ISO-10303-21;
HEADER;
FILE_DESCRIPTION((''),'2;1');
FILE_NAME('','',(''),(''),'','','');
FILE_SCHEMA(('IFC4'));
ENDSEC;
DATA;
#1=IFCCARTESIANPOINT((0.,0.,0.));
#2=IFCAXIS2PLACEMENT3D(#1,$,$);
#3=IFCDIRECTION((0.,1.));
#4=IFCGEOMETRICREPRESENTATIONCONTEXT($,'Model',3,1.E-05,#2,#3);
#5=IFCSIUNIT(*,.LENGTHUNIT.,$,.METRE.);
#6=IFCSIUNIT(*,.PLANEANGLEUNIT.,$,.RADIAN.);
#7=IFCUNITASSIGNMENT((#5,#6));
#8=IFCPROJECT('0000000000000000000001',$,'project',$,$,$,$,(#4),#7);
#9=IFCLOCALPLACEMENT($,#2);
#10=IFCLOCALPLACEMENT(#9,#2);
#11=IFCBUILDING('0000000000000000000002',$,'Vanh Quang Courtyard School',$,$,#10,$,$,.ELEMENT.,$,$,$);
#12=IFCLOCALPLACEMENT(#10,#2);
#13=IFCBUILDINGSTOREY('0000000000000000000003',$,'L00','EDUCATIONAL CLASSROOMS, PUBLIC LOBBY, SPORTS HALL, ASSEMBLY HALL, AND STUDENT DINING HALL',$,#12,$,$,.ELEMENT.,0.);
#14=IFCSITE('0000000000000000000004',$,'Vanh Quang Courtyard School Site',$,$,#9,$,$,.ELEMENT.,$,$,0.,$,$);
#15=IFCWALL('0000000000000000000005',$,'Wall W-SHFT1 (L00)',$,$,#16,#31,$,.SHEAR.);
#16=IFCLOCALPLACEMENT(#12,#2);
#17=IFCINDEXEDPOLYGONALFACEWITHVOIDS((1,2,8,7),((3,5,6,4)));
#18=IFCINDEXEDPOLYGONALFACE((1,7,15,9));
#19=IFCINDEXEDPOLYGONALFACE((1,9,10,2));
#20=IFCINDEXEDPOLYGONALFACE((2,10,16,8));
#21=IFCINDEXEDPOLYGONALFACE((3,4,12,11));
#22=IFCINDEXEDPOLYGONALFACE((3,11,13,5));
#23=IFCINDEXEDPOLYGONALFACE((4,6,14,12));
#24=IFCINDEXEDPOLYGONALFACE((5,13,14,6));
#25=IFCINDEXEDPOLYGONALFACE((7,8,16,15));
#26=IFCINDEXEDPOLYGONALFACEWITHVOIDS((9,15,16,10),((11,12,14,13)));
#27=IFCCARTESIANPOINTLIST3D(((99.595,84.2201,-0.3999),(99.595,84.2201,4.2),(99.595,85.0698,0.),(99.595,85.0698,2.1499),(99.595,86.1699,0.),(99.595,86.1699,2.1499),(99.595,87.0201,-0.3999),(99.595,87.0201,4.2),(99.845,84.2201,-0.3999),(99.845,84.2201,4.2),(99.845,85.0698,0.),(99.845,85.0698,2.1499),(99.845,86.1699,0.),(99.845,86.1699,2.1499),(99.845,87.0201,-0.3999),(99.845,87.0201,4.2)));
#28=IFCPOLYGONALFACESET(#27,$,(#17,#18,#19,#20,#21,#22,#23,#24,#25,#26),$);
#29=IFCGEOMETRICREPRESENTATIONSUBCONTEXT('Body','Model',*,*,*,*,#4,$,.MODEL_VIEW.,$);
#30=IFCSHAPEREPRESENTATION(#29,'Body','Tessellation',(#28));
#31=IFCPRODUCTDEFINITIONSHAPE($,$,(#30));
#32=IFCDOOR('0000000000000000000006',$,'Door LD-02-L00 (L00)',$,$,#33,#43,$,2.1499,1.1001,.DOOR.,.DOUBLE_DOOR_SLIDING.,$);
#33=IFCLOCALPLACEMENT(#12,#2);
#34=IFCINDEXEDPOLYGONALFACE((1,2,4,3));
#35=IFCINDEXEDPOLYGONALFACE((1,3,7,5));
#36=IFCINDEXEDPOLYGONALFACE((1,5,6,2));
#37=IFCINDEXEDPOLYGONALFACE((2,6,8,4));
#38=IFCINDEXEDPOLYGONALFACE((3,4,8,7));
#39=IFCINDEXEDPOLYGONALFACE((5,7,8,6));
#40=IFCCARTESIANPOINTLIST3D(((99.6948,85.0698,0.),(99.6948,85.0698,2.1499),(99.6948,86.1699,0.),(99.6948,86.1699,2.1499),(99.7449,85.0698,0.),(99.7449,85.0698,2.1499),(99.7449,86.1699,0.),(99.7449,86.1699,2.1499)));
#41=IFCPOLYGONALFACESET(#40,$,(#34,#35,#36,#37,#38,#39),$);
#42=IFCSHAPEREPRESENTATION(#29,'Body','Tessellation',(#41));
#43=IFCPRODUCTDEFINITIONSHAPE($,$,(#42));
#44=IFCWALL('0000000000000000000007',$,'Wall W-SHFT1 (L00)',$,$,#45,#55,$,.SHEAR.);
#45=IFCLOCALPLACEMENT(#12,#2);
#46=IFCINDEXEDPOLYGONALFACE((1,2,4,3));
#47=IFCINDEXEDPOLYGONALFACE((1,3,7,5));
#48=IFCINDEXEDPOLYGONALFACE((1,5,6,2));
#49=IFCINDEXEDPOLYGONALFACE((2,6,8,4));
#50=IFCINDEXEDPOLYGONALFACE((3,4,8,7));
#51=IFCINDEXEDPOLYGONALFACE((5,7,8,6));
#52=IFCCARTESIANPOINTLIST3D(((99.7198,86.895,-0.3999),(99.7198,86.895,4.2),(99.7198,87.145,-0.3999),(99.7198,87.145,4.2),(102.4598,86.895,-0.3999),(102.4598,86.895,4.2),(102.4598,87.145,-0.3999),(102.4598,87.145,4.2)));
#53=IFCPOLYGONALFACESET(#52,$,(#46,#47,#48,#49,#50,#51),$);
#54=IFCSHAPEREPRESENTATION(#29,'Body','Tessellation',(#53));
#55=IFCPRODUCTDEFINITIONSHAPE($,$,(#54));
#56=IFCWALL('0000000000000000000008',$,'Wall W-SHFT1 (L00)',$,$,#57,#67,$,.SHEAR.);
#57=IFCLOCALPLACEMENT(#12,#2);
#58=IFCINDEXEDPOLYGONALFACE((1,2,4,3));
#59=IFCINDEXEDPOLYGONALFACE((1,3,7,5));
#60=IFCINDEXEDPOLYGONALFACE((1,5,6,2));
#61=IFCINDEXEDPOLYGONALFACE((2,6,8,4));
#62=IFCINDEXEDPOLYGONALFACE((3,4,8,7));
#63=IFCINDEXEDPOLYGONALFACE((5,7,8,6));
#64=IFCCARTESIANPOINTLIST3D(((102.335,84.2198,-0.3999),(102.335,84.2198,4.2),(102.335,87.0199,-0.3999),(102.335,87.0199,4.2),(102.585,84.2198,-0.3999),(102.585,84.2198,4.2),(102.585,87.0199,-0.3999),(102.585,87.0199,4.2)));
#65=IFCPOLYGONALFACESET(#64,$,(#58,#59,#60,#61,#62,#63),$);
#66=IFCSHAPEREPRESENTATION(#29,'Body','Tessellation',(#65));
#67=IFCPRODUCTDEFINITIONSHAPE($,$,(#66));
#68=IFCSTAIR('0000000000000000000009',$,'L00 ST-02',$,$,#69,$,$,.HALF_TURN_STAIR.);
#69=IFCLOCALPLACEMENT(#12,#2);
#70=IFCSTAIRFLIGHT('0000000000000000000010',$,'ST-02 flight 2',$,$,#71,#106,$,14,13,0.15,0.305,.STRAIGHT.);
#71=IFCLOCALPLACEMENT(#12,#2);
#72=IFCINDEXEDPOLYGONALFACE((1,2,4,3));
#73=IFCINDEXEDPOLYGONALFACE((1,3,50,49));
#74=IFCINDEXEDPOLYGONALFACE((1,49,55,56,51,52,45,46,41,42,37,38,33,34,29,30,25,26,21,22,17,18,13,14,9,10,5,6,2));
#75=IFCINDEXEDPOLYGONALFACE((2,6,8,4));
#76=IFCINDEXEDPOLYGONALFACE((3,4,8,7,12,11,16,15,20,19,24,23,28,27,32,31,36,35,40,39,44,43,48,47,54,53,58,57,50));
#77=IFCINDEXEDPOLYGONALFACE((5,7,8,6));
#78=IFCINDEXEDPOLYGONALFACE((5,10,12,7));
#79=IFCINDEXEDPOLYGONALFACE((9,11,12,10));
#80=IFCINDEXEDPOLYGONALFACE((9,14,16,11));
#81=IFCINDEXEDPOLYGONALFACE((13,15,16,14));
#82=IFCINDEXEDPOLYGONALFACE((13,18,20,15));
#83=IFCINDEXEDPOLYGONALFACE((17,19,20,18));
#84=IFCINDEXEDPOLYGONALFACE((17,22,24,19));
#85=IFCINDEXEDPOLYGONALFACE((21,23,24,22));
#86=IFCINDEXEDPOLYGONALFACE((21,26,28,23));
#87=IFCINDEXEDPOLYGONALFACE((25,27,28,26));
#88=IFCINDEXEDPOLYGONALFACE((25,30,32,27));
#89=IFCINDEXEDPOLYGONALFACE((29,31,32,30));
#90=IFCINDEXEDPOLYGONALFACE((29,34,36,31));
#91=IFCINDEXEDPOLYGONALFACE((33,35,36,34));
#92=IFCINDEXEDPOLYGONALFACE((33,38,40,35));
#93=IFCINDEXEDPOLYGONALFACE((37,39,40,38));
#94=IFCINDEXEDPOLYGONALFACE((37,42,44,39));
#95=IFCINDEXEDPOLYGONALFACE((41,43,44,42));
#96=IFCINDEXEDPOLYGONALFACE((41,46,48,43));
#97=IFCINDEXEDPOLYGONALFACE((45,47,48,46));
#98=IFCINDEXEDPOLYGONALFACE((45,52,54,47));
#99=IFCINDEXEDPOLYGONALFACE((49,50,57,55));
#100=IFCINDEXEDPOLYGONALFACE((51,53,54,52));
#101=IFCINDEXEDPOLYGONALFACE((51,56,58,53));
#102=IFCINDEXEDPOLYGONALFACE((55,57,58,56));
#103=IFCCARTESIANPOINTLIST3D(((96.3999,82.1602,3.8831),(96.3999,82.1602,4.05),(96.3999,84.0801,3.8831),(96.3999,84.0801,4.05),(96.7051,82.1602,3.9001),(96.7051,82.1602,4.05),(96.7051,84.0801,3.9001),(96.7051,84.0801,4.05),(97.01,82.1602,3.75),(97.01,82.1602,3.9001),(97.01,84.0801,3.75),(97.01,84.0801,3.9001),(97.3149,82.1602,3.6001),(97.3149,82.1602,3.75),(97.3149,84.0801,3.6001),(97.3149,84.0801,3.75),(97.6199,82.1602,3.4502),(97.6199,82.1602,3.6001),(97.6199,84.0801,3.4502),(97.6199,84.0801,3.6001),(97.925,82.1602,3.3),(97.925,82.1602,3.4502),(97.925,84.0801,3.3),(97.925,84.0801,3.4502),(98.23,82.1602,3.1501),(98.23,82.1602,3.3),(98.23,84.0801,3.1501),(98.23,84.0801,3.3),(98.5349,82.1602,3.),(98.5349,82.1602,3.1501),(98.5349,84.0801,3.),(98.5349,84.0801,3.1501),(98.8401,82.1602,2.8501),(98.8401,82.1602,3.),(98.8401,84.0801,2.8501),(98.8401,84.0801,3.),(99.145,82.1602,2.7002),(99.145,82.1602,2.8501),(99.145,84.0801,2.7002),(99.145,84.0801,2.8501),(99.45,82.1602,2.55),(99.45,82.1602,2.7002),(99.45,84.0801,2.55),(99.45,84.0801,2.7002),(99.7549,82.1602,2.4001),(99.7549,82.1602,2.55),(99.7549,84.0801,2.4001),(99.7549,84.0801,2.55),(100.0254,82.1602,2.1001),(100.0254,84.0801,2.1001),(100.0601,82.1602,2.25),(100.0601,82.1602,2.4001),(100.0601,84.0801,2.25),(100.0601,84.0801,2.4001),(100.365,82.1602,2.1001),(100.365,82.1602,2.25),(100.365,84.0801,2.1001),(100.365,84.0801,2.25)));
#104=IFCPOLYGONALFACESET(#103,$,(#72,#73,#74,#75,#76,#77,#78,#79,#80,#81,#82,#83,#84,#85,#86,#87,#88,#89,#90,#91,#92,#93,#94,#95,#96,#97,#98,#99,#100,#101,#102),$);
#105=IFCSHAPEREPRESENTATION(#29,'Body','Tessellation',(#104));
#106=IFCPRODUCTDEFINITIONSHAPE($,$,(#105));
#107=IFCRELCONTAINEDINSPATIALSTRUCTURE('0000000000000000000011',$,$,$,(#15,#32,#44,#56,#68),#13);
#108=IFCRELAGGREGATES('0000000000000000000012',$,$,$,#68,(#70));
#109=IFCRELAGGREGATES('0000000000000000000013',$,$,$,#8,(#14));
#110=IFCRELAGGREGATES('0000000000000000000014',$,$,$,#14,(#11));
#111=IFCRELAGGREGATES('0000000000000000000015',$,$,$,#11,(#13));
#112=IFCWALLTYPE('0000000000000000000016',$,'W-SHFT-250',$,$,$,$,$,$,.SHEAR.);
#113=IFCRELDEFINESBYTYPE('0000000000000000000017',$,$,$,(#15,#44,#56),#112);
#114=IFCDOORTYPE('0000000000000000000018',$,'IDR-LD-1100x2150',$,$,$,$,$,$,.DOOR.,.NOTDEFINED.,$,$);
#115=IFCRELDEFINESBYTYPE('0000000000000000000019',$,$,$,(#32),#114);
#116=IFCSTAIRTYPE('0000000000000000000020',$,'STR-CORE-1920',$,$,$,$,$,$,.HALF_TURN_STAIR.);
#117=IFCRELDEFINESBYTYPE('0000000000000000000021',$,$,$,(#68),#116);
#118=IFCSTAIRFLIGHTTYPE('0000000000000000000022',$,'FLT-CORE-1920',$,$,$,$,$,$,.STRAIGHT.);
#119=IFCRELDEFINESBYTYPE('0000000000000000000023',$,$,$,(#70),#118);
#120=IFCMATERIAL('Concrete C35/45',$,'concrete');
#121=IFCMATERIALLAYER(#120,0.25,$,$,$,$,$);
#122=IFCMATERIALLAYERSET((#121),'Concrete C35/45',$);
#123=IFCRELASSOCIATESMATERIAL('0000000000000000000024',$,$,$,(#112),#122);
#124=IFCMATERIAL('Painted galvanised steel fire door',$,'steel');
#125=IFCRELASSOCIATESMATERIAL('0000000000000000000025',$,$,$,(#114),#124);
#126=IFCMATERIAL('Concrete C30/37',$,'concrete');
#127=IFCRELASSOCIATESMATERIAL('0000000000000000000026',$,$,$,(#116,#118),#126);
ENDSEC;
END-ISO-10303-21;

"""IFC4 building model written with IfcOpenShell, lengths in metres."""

from ifc_helpers import new_model, si_unit, direction, frame, frame_2d, origin, place, context, subcontext, project, spatial, polyline, rectangle, outline, extrude, material, layer, layer_set, type_object, element, fill, aggregate, save


model = new_model("IFC4")

# Units and contexts
model_context = context("Model", 3, precision=1e-05, world=origin(), true_north=direction((0.0, 1.0)))
body_context = subcontext(model_context, "Body", "Model", "MODEL_VIEW")
ifc_project = project(units=[si_unit("LENGTHUNIT", "METRE"), si_unit("PLANEANGLEUNIT", "RADIAN")], contexts=[model_context])

# Site, building, storey
site_placement = place(None, origin())
site = spatial("IfcSite", under=ifc_project, at=site_placement, Name="Vanh Quang Courtyard School Site", CompositionType="ELEMENT", RefElevation=0.0)
building_placement = place(site_placement, origin())
building = spatial("IfcBuilding", under=site, at=building_placement, Name="Vanh Quang Courtyard School", CompositionType="ELEMENT")
storey_placement = place(building_placement, origin())
storey = spatial("IfcBuildingStorey", under=building, at=storey_placement, Name="L00", Description="EDUCATIONAL CLASSROOMS, PUBLIC LOBBY, SPORTS HALL, ASSEMBLY HALL, AND STUDENT DINING HALL", CompositionType="ELEMENT", Elevation=0.0)

# Shared definitions
ifc_material_1 = material(Name="Concrete C35/45", Category="concrete")

# Shared definitions
ifc_material_2 = material(Name="Concrete C30/37", Category="concrete")

# Shared definitions
ifc_material_3 = material(Name="Painted galvanised steel fire door", Category="steel")

# Wall, opening, door
ifc_layer_1 = layer(ifc_material_1, 0.25)
ifc_layer_set_1 = layer_set([ifc_layer_1], Name="Concrete C35/45")
wall_type_1 = type_object("IfcWallType", Name="W-SHFT-250", PredefinedType="SHEAR", material=ifc_layer_set_1)
wall_1_placement = place(storey_placement, frame((99.72, 87.02, -0.3999), z_axis=(0.0, 0.0, 1.0), x_axis=(0.0, -1.0, 0.0)))
wall_1 = element("IfcWall", 1, at=wall_1_placement, inside=storey, type_object=wall_type_1, Name="Wall W-SHFT1 (L00)", PredefinedType="SHEAR", context=body_context, shape_type="SweptSolid", body=[
    extrude(rectangle(XDim=2.8, YDim=0.25, at=frame_2d((1.3999, 0.0))), origin(), (0.0, 0.0, 1.0), 4.5999),
])
opening_1_placement = place(wall_1_placement, frame((0.8501, 0.0, 0.3999)))
opening_1 = element("IfcOpeningElement", 2, at=opening_1_placement, cuts=wall_1, PredefinedType="OPENING", context=body_context, shape_type="SweptSolid", body=[
    extrude(rectangle(XDim=1.1001, YDim=2.1499, at=frame_2d((0.55, 1.075))), frame((0.0, 0.135, 0.0), z_axis=(0.0, -1.0, 0.0), x_axis=(1.0, 0.0, 0.0)), (0.0, 0.0, 1.0), 0.27),
])
door_type_1 = type_object("IfcDoorType", Name="IDR-LD-1100x2150", OperationType="NOTDEFINED", PredefinedType="DOOR", material=ifc_material_3)
door_1_placement = place(opening_1_placement, origin())
door_1 = element("IfcDoor", 3, at=door_1_placement, inside=storey, type_object=door_type_1, Name="Door LD-02-L00 (L00)", OperationType="DOUBLE_DOOR_SLIDING", OverallHeight=2.1499, OverallWidth=1.1001, PredefinedType="DOOR", context=body_context, shape_type="SweptSolid", body=[
    extrude(rectangle(XDim=1.1001, YDim=2.1499, at=frame_2d((0.55, 1.075))), frame((0.0, 0.0249, 0.0), z_axis=(0.0, -1.0, 0.0), x_axis=(1.0, 0.0, 0.0)), (0.0, 0.0, 1.0), 0.05),
])
fill(opening_1, door_1)

# Walls
wall_2_placement = place(storey_placement, frame((102.46, 87.02, -0.3999), z_axis=(0.0, 0.0, 1.0), x_axis=(-1.0, 0.0, 0.0)))
element("IfcWall", 4, at=wall_2_placement, inside=storey, type_object=wall_type_1, Name="Wall W-SHFT1 (L00)", PredefinedType="SHEAR", context=body_context, shape_type="SweptSolid", body=[
    extrude(rectangle(XDim=2.74, YDim=0.25, at=frame_2d((1.3701, 0.0))), origin(), (0.0, 0.0, 1.0), 4.5999),
])
wall_3_placement = place(storey_placement, frame((102.46, 84.22, -0.3999), z_axis=(0.0, 0.0, 1.0), x_axis=(0.0, 1.0, 0.0)))
element("IfcWall", 5, at=wall_3_placement, inside=storey, type_object=wall_type_1, Name="Wall W-SHFT1 (L00)", PredefinedType="SHEAR", context=body_context, shape_type="SweptSolid", body=[
    extrude(rectangle(XDim=2.8, YDim=0.25, at=frame_2d((1.3999, 0.0))), origin(), (0.0, 0.0, 1.0), 4.5999),
])

# Stair, stair flight
stair_type = type_object("IfcStairType", Name="STR-CORE-1920", PredefinedType="HALF_TURN_STAIR", material=ifc_material_2)
stair_placement = place(storey_placement, origin())
stair = element("IfcStair", 6, at=stair_placement, inside=storey, type_object=stair_type, Name="L00 ST-02", PredefinedType="HALF_TURN_STAIR")
stair_flight_type = type_object("IfcStairFlightType", Name="FLT-CORE-1920", PredefinedType="STRAIGHT", material=ifc_material_2)
stair_flight_placement = place(storey_placement, frame((100.365, 83.1201, 2.1001), z_axis=(0.0, 0.0, 1.0), x_axis=(-1.0, 0.0, 0.0)))
stair_flight = element("IfcStairFlight", 7, at=stair_flight_placement, type_object=stair_flight_type, Name="ST-02 flight 2", NumberOfRisers=14, NumberOfTreads=13, PredefinedType="STRAIGHT", RiserHeight=0.15, TreadLength=0.305, context=body_context, shape_type="SweptSolid", body=[
    extrude(outline(polyline([(0.0, 0.0), (0.0, 0.1499), (0.3049, 0.1499), (0.3049, 0.3), (0.6101, 0.3), (0.6101, 0.45), (0.915, 0.45), (0.915, 0.6001), (1.22, 0.6001), (1.22, 0.75), (1.5249, 0.75), (1.5249, 0.8999), (1.8301, 0.8999), (1.8301, 1.05), (2.135, 1.05), (2.135, 1.2), (2.4399, 1.2), (2.4399, 1.3501), (2.7451, 1.3501), (2.7451, 1.5), (3.05, 1.5), (3.05, 1.6499), (3.355, 1.6499), (3.355, 1.8), (3.6599, 1.8), (3.6599, 1.95), (3.9651, 1.95), (3.9651, 2.1001), (3.9651, 1.783), (0.3396, 0.0), (0.0, 0.0)])), frame((0.0, 0.96, 0.0), z_axis=(0.0, -1.0, 0.0), x_axis=(1.0, 0.0, 0.0)), (0.0, 0.0, 1.0), 1.9199),
])
aggregate(stair, [stair_flight])

save(model, "model.ifc")
